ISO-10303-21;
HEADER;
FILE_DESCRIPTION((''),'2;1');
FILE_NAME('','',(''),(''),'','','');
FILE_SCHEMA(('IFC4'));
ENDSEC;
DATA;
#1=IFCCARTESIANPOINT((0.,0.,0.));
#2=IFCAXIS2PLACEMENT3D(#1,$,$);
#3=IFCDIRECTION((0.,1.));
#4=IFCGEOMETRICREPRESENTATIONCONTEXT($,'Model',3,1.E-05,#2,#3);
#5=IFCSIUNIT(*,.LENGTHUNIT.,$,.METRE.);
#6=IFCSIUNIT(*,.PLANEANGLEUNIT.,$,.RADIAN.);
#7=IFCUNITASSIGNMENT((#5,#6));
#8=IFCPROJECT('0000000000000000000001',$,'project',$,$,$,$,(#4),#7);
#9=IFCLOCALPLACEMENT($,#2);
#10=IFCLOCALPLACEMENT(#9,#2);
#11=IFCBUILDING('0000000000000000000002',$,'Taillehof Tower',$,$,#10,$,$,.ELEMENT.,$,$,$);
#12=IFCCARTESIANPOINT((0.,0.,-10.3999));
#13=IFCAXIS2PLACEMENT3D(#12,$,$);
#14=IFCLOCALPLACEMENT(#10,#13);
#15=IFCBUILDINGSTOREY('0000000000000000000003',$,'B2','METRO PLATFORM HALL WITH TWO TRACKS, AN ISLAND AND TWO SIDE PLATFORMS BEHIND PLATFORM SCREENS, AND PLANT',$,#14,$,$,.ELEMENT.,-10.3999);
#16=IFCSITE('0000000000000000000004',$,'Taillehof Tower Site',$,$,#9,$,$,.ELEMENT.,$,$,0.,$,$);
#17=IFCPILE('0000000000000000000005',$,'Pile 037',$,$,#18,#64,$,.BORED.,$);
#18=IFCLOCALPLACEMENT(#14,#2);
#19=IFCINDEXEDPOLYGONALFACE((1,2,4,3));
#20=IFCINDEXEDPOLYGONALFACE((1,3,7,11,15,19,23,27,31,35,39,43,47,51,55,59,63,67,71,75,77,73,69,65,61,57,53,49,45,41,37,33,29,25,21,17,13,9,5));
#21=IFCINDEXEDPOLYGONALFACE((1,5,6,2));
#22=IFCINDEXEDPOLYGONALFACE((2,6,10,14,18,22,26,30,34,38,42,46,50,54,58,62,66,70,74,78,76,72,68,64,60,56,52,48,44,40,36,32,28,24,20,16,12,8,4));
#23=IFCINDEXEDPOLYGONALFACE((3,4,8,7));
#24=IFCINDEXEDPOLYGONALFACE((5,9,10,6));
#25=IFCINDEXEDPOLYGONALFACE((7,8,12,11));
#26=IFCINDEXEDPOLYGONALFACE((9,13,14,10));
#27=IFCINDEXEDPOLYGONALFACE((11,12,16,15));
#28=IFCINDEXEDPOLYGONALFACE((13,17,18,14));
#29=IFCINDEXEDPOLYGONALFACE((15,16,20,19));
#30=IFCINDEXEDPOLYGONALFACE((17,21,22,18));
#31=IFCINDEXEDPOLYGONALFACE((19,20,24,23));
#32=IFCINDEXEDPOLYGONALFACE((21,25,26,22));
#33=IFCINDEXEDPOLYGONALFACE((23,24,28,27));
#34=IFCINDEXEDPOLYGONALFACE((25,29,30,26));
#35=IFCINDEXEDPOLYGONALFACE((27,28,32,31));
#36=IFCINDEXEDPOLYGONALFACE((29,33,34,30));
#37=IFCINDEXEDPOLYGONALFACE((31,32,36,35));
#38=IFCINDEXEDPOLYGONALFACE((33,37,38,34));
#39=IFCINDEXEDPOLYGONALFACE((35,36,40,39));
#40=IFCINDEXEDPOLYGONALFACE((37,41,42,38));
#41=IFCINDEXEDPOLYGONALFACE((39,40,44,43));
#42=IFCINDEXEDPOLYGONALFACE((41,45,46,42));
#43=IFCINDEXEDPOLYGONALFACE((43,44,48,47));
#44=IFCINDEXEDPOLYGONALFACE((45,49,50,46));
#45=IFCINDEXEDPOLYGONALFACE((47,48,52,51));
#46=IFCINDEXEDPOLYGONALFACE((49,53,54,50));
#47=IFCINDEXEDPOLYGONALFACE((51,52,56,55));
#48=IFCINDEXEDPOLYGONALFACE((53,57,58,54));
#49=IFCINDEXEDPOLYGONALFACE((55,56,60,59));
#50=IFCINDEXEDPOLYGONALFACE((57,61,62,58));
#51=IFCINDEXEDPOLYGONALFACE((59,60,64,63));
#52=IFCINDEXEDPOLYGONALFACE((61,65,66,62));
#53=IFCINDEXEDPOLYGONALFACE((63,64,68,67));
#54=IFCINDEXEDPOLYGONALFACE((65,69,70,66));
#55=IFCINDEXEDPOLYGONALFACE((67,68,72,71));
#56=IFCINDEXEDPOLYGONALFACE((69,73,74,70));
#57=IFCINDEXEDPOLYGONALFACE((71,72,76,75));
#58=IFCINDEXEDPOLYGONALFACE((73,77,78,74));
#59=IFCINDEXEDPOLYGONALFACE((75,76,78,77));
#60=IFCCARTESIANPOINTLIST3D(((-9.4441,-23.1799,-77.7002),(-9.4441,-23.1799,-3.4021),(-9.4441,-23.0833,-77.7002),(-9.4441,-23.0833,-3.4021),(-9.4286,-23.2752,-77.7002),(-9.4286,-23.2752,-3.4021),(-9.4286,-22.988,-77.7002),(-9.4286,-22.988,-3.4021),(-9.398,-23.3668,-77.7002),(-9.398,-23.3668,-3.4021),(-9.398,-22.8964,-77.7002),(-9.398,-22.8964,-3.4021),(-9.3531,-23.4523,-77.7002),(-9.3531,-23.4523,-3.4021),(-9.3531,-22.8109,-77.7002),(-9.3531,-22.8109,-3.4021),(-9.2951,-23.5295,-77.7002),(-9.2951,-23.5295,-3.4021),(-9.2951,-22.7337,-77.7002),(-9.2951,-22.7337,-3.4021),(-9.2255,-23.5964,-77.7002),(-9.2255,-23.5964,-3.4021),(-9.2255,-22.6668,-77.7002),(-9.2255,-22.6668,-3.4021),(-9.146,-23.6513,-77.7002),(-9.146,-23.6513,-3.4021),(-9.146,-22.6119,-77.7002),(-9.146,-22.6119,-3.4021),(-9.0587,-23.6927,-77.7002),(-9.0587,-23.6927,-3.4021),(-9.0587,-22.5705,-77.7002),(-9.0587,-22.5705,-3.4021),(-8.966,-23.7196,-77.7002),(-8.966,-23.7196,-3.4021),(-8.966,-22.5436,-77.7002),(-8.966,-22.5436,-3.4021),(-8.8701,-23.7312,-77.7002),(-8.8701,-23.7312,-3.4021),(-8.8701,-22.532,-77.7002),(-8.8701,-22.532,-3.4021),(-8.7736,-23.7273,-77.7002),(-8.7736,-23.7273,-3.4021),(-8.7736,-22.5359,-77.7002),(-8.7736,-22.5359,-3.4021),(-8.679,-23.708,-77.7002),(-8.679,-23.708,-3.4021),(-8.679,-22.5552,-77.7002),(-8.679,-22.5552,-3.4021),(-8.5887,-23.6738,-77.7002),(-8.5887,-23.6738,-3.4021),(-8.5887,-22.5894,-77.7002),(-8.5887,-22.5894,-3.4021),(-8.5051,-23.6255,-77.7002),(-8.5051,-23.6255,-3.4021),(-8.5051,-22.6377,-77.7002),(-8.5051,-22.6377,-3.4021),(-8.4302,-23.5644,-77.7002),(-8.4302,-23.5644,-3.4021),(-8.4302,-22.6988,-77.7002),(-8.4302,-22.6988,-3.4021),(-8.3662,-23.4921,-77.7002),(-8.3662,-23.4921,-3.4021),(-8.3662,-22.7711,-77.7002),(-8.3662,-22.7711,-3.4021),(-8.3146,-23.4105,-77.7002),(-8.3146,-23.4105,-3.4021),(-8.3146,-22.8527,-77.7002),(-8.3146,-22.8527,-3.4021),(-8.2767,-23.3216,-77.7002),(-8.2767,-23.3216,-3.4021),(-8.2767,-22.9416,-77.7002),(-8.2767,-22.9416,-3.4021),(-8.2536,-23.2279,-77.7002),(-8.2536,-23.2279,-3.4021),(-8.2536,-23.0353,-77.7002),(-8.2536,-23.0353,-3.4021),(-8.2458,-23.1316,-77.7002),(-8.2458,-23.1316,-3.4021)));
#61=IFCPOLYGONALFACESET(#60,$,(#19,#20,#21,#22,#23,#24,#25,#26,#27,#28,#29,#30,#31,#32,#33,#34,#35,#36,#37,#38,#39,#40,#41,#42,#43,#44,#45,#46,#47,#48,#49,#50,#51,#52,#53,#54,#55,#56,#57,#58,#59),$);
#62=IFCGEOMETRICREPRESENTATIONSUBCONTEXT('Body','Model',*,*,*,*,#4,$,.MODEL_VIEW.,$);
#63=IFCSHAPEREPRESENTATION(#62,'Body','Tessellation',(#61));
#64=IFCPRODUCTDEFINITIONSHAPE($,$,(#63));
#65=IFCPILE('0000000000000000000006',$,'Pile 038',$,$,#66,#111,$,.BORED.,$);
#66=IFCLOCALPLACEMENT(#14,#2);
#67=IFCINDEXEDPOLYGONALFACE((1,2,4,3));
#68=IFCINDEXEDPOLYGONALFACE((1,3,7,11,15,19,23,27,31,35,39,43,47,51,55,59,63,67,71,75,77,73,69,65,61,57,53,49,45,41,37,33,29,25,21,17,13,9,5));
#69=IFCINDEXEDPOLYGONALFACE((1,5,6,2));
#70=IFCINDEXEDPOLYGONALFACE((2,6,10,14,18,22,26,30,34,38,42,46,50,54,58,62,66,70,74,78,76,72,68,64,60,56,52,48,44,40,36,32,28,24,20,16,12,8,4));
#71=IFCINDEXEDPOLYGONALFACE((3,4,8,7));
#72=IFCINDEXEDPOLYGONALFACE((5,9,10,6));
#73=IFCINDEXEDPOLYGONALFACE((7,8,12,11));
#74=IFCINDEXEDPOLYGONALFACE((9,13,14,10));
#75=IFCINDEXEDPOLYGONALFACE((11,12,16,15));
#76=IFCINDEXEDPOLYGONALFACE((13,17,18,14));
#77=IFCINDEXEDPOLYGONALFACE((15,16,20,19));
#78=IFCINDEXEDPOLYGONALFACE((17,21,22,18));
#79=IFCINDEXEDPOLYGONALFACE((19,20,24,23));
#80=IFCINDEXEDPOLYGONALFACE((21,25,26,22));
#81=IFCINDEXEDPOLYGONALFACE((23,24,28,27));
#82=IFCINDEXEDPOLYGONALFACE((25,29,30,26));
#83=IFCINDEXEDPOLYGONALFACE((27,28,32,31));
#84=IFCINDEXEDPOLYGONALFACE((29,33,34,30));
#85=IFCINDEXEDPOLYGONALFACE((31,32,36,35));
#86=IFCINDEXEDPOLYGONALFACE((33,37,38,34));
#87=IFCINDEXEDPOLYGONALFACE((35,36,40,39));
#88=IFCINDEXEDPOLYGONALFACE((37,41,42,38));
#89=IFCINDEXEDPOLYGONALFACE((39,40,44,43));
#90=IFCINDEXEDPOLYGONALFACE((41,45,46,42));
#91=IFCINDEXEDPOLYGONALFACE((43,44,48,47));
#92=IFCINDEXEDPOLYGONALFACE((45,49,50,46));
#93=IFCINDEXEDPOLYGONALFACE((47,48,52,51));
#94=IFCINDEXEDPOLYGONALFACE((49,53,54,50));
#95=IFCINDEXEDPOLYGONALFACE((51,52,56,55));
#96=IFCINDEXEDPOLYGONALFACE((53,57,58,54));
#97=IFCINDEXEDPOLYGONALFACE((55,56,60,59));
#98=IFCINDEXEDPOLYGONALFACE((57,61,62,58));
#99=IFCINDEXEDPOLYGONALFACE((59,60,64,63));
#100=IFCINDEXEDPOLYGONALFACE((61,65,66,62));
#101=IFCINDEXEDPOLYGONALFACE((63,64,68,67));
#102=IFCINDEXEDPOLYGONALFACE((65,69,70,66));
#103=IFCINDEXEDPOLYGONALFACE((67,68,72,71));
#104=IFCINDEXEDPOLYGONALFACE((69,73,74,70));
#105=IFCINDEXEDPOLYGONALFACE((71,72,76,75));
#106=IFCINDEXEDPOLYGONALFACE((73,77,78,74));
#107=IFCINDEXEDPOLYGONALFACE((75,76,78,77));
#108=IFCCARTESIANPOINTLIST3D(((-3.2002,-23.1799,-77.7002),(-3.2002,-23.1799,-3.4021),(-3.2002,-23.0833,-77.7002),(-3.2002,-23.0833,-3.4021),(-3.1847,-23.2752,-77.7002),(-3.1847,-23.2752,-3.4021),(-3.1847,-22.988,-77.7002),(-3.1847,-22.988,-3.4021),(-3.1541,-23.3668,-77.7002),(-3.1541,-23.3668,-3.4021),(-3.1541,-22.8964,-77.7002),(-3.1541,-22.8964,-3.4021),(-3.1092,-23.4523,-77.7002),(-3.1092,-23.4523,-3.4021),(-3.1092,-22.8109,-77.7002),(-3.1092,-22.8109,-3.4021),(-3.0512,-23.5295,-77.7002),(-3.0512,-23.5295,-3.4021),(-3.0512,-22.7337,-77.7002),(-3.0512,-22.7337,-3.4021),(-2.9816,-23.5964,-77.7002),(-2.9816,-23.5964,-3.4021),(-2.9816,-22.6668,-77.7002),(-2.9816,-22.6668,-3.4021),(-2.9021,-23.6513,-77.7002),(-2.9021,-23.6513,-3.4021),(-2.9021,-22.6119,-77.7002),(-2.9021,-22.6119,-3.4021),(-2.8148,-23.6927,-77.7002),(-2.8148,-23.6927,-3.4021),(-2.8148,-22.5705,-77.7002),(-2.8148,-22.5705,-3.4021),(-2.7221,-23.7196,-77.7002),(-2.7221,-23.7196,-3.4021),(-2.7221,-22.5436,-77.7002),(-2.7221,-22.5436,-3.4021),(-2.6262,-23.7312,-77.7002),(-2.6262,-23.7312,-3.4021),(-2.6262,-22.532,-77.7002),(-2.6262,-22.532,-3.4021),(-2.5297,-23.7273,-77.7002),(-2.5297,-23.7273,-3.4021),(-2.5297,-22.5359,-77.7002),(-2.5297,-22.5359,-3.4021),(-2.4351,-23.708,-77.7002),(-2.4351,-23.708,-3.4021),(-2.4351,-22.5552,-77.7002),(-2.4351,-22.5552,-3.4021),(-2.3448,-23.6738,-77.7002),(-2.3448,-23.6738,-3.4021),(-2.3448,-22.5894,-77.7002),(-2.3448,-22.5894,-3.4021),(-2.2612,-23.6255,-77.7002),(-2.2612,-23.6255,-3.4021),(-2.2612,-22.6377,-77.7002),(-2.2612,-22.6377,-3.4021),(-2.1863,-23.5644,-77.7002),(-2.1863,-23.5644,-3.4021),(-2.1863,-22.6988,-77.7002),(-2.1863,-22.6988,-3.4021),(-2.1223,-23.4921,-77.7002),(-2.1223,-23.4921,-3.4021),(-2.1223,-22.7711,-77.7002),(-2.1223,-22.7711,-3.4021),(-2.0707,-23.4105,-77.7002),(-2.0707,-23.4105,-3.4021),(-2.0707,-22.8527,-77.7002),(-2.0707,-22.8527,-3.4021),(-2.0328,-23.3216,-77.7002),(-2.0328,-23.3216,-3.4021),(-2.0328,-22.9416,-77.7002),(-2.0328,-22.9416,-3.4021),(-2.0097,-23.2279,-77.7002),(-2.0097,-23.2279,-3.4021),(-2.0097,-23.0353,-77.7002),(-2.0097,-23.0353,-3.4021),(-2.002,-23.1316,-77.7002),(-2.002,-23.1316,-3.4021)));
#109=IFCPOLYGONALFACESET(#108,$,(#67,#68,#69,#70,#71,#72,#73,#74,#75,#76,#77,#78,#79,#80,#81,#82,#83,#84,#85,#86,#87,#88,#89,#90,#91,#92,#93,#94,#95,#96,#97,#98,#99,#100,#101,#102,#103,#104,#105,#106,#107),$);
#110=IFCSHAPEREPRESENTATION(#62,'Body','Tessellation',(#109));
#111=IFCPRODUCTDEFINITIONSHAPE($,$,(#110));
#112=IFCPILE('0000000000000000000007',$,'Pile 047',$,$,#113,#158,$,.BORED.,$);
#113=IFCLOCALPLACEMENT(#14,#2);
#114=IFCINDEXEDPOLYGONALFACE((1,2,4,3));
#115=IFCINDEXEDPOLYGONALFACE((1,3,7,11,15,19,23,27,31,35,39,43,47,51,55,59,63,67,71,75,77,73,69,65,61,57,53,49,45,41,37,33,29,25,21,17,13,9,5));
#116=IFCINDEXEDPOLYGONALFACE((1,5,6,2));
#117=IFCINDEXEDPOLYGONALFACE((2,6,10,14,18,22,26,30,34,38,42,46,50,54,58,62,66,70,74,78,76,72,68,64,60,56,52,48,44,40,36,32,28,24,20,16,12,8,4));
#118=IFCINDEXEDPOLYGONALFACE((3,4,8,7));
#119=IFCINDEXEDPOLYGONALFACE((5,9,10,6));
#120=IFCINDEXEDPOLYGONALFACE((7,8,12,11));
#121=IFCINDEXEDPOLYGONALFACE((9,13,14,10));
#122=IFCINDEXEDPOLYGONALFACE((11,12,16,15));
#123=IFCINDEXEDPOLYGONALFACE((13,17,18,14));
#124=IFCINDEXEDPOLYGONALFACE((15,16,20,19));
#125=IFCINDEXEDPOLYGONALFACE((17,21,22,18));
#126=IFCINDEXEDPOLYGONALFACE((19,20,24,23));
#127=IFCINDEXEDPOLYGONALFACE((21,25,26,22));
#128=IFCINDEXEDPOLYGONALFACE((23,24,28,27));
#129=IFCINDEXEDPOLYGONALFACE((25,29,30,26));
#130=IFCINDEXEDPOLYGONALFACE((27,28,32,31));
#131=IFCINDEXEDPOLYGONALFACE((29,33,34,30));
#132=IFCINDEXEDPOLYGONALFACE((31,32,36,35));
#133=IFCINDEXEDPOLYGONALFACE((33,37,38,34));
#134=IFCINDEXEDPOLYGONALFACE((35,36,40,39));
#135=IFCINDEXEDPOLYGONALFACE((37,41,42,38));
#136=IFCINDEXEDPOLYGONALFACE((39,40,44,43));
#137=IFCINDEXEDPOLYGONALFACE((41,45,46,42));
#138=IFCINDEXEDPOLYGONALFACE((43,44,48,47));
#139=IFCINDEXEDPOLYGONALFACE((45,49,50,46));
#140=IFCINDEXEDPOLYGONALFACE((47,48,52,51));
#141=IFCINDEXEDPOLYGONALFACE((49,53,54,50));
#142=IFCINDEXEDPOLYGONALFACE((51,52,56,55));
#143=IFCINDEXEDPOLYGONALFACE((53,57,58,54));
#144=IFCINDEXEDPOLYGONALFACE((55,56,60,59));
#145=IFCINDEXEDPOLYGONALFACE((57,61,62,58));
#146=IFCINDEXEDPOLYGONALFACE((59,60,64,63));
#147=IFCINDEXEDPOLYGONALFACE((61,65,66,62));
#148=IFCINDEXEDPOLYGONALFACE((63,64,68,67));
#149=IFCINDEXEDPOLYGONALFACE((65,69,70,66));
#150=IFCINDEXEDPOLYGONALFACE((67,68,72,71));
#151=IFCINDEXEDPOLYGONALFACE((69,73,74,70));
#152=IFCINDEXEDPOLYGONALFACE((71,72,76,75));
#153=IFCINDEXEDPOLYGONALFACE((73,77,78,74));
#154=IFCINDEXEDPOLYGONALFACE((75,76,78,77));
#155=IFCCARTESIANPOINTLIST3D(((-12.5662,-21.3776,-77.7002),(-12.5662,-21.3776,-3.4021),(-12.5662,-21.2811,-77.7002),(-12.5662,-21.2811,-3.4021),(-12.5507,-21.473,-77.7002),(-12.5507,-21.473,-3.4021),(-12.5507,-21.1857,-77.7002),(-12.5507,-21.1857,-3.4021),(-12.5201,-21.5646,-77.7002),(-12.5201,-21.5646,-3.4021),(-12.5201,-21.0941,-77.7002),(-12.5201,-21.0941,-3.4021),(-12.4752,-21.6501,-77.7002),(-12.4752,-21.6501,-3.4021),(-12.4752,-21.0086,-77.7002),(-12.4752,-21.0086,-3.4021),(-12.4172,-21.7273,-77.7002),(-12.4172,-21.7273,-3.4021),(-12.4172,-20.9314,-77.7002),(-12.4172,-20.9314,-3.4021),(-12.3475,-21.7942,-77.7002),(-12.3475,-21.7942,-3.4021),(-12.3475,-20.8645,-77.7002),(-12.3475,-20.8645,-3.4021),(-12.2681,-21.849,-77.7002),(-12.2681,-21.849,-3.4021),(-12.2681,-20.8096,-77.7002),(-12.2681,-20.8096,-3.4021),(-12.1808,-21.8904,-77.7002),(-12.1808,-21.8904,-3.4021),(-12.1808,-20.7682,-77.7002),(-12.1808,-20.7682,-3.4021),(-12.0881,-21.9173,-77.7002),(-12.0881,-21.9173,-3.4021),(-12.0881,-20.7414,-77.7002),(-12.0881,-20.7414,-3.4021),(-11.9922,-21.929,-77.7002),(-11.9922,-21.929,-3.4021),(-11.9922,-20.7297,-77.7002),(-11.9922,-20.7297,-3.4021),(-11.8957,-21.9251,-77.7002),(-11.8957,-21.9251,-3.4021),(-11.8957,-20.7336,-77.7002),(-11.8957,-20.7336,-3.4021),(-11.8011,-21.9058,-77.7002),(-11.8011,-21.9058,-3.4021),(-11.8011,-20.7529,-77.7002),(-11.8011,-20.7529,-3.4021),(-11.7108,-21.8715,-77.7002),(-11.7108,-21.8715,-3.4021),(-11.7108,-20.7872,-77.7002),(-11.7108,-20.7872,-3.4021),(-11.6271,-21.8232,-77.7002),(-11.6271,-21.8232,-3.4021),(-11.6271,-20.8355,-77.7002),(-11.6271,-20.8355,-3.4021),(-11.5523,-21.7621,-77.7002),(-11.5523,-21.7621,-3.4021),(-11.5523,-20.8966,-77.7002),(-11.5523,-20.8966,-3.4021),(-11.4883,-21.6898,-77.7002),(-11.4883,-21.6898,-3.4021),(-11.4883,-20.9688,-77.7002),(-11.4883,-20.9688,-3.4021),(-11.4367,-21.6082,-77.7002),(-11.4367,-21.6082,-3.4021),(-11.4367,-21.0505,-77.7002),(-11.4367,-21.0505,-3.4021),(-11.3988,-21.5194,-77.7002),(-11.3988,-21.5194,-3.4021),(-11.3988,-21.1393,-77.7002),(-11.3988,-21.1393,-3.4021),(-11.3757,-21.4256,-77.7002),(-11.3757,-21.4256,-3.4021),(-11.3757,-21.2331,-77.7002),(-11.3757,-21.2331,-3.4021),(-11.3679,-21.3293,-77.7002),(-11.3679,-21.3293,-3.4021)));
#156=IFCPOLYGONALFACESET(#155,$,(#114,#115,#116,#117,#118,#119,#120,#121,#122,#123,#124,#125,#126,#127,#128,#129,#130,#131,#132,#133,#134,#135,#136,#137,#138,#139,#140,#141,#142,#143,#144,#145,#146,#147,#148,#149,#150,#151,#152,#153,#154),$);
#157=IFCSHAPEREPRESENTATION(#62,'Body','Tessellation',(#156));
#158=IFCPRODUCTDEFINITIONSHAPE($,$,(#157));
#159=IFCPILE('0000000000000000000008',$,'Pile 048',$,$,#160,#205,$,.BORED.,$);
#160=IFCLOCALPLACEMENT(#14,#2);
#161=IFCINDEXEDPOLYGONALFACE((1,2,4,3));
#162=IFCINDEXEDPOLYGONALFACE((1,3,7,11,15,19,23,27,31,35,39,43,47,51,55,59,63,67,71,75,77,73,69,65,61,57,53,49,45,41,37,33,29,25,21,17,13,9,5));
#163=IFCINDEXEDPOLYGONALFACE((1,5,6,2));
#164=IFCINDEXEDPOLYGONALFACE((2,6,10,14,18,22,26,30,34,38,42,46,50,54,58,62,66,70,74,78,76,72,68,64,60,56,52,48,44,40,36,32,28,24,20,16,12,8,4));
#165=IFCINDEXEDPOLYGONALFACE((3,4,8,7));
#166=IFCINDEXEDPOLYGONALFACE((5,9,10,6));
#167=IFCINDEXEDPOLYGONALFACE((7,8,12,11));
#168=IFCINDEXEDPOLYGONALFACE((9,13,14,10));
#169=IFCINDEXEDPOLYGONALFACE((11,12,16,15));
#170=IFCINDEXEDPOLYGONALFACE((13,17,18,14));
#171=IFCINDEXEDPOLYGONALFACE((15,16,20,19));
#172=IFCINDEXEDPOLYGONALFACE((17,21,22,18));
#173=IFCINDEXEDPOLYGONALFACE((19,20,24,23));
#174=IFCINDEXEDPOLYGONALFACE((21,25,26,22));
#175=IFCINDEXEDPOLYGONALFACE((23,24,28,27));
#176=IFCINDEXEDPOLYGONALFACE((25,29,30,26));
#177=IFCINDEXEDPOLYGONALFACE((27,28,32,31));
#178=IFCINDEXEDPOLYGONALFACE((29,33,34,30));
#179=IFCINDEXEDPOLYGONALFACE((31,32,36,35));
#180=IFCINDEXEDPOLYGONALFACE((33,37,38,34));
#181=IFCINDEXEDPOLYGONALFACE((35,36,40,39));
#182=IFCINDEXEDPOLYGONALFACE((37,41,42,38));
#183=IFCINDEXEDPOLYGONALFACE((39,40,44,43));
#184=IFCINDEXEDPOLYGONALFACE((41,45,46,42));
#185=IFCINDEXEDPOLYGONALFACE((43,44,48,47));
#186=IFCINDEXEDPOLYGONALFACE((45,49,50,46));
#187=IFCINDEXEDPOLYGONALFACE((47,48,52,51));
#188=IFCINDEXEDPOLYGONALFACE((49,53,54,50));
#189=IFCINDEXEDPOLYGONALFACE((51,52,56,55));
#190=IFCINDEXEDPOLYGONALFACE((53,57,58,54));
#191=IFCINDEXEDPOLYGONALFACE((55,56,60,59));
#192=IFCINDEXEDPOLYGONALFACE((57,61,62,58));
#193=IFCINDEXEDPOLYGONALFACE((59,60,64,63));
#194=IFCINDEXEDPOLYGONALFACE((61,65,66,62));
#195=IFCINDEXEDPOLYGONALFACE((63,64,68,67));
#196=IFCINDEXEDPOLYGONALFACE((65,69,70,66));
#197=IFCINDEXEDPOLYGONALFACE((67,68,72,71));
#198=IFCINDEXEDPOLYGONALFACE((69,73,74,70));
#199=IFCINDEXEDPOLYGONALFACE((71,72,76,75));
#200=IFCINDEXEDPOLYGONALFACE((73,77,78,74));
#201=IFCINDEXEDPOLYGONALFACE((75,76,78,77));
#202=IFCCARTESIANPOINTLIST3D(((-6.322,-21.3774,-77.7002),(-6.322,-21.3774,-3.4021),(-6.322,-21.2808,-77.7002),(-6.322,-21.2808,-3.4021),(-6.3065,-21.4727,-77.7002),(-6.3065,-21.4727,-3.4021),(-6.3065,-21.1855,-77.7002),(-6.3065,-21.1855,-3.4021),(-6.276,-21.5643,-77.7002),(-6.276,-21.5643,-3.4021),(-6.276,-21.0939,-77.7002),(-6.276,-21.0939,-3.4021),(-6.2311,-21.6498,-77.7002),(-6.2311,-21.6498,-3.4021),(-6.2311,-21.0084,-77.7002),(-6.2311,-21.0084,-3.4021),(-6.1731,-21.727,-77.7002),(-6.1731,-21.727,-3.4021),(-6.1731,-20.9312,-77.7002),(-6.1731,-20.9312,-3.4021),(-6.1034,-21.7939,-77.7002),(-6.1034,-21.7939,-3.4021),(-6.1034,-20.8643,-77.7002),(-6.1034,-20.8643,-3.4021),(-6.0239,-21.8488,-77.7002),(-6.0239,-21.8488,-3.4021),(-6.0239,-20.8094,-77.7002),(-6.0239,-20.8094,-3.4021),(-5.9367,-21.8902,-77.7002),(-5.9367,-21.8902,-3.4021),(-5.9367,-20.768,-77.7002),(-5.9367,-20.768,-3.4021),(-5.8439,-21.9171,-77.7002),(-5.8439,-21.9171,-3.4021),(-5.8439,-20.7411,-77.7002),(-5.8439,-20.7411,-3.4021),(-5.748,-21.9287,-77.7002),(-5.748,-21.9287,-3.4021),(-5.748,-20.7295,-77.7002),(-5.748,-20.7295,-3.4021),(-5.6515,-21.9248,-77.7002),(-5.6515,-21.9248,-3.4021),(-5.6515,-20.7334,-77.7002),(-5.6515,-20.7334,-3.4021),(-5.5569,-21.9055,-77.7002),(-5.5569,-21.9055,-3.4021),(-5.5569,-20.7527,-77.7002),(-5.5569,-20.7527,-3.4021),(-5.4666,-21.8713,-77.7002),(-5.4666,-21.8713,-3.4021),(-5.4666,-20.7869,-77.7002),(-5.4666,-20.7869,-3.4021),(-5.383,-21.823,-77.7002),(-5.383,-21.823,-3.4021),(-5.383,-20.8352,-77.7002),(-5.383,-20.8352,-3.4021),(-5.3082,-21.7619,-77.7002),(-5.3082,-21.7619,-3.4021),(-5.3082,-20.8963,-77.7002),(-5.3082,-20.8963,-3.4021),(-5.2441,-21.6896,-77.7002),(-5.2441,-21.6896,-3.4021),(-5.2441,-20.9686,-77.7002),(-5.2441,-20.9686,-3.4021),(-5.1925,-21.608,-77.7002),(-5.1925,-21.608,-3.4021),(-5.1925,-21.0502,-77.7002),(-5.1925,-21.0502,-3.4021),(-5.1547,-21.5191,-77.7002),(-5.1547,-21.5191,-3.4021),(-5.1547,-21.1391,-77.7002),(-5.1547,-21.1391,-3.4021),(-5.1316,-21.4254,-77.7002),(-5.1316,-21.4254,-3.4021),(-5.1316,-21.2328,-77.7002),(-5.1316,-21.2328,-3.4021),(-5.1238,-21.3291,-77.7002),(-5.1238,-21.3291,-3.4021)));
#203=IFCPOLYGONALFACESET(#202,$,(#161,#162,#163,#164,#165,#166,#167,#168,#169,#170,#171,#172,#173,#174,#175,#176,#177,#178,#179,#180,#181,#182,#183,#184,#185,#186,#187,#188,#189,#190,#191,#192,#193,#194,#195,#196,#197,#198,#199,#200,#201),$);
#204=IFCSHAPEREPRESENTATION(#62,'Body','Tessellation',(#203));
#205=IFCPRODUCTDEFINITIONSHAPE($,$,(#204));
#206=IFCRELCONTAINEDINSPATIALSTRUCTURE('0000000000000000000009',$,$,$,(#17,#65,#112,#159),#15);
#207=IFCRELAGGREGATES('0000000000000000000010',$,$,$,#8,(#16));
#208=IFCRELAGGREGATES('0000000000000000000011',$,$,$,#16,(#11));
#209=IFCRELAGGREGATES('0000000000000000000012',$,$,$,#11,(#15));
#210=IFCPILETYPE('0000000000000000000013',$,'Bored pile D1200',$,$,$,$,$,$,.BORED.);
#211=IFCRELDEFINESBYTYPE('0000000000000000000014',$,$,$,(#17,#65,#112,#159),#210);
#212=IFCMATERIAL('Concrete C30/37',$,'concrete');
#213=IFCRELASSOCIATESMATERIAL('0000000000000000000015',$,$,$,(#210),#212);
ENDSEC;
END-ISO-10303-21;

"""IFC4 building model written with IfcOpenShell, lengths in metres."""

from ifc_helpers import new_model, si_unit, direction, frame, origin, origin_2d, place, context, subcontext, project, spatial, circle, extrude, material, material_profile, profile_set, type_object, element, save


model = new_model("IFC4")

# Units and contexts
model_context = context("Model", 3, precision=1e-05, world=origin(), true_north=direction((0.0, 1.0)))
body_context = subcontext(model_context, "Body", "Model", "MODEL_VIEW")
ifc_project = project(units=[si_unit("LENGTHUNIT", "METRE"), si_unit("PLANEANGLEUNIT", "RADIAN")], contexts=[model_context])

# Site, building, storey
site_placement = place(None, origin())
site = spatial("IfcSite", under=ifc_project, at=site_placement, Name="Taillehof Tower Site", CompositionType="ELEMENT", RefElevation=0.0)
building_placement = place(site_placement, origin())
building = spatial("IfcBuilding", under=site, at=building_placement, Name="Taillehof Tower", CompositionType="ELEMENT")
storey_placement = place(building_placement, frame((0.0, 0.0, -10.3999)))
storey = spatial("IfcBuildingStorey", under=building, at=storey_placement, Name="B2", Description="METRO PLATFORM HALL WITH TWO TRACKS, AN ISLAND AND TWO SIDE PLATFORMS BEHIND PLATFORM SCREENS, AND PLANT", CompositionType="ELEMENT", Elevation=-10.3999)

# Piles
ifc_material_1 = material(Name="Concrete C30/37", Category="concrete")
ifc_material_profile_1 = material_profile(ifc_material_1, circle(Radius=0.6001, at=origin_2d()), Name="BP D1200")
ifc_profile_set_1 = profile_set([ifc_material_profile_1], Name="Concrete C30/37")
pile_type = type_object("IfcPileType", Name="Bored pile D1200", PredefinedType="BORED", material=ifc_profile_set_1)
for number, where, z_axis, x_axis, name in (
    (1, (-8.8459, -23.1316, -3.4021), (0.0, 0.0, -1.0), (1.0, 0.0, 0.0), "Pile 037"),
    (2, (-2.6021, -23.1316, -3.4021), (0.0, 0.0, -1.0), (1.0, 0.0, 0.0), "Pile 038"),
    (3, (-11.968, -21.3293, -3.4021), (0.0, 0.0, -1.0), (1.0, 0.0, 0.0), "Pile 047"),
    (4, (-5.7239, -21.3291, -3.4021), (0.0, 0.0, -1.0), (1.0, 0.0, 0.0), "Pile 048"),
):
    element("IfcPile", number, at=place(storey_placement, frame(where, z_axis=z_axis, x_axis=x_axis)), inside=storey, type_object=pile_type, Name=name, PredefinedType="BORED", context=body_context, shape_type="SweptSolid", body=[
        extrude(circle(Radius=0.6001, at=origin_2d()), origin(), (0.0, 0.0, 1.0), 74.2981),
    ])

save(model, "model.ifc")
